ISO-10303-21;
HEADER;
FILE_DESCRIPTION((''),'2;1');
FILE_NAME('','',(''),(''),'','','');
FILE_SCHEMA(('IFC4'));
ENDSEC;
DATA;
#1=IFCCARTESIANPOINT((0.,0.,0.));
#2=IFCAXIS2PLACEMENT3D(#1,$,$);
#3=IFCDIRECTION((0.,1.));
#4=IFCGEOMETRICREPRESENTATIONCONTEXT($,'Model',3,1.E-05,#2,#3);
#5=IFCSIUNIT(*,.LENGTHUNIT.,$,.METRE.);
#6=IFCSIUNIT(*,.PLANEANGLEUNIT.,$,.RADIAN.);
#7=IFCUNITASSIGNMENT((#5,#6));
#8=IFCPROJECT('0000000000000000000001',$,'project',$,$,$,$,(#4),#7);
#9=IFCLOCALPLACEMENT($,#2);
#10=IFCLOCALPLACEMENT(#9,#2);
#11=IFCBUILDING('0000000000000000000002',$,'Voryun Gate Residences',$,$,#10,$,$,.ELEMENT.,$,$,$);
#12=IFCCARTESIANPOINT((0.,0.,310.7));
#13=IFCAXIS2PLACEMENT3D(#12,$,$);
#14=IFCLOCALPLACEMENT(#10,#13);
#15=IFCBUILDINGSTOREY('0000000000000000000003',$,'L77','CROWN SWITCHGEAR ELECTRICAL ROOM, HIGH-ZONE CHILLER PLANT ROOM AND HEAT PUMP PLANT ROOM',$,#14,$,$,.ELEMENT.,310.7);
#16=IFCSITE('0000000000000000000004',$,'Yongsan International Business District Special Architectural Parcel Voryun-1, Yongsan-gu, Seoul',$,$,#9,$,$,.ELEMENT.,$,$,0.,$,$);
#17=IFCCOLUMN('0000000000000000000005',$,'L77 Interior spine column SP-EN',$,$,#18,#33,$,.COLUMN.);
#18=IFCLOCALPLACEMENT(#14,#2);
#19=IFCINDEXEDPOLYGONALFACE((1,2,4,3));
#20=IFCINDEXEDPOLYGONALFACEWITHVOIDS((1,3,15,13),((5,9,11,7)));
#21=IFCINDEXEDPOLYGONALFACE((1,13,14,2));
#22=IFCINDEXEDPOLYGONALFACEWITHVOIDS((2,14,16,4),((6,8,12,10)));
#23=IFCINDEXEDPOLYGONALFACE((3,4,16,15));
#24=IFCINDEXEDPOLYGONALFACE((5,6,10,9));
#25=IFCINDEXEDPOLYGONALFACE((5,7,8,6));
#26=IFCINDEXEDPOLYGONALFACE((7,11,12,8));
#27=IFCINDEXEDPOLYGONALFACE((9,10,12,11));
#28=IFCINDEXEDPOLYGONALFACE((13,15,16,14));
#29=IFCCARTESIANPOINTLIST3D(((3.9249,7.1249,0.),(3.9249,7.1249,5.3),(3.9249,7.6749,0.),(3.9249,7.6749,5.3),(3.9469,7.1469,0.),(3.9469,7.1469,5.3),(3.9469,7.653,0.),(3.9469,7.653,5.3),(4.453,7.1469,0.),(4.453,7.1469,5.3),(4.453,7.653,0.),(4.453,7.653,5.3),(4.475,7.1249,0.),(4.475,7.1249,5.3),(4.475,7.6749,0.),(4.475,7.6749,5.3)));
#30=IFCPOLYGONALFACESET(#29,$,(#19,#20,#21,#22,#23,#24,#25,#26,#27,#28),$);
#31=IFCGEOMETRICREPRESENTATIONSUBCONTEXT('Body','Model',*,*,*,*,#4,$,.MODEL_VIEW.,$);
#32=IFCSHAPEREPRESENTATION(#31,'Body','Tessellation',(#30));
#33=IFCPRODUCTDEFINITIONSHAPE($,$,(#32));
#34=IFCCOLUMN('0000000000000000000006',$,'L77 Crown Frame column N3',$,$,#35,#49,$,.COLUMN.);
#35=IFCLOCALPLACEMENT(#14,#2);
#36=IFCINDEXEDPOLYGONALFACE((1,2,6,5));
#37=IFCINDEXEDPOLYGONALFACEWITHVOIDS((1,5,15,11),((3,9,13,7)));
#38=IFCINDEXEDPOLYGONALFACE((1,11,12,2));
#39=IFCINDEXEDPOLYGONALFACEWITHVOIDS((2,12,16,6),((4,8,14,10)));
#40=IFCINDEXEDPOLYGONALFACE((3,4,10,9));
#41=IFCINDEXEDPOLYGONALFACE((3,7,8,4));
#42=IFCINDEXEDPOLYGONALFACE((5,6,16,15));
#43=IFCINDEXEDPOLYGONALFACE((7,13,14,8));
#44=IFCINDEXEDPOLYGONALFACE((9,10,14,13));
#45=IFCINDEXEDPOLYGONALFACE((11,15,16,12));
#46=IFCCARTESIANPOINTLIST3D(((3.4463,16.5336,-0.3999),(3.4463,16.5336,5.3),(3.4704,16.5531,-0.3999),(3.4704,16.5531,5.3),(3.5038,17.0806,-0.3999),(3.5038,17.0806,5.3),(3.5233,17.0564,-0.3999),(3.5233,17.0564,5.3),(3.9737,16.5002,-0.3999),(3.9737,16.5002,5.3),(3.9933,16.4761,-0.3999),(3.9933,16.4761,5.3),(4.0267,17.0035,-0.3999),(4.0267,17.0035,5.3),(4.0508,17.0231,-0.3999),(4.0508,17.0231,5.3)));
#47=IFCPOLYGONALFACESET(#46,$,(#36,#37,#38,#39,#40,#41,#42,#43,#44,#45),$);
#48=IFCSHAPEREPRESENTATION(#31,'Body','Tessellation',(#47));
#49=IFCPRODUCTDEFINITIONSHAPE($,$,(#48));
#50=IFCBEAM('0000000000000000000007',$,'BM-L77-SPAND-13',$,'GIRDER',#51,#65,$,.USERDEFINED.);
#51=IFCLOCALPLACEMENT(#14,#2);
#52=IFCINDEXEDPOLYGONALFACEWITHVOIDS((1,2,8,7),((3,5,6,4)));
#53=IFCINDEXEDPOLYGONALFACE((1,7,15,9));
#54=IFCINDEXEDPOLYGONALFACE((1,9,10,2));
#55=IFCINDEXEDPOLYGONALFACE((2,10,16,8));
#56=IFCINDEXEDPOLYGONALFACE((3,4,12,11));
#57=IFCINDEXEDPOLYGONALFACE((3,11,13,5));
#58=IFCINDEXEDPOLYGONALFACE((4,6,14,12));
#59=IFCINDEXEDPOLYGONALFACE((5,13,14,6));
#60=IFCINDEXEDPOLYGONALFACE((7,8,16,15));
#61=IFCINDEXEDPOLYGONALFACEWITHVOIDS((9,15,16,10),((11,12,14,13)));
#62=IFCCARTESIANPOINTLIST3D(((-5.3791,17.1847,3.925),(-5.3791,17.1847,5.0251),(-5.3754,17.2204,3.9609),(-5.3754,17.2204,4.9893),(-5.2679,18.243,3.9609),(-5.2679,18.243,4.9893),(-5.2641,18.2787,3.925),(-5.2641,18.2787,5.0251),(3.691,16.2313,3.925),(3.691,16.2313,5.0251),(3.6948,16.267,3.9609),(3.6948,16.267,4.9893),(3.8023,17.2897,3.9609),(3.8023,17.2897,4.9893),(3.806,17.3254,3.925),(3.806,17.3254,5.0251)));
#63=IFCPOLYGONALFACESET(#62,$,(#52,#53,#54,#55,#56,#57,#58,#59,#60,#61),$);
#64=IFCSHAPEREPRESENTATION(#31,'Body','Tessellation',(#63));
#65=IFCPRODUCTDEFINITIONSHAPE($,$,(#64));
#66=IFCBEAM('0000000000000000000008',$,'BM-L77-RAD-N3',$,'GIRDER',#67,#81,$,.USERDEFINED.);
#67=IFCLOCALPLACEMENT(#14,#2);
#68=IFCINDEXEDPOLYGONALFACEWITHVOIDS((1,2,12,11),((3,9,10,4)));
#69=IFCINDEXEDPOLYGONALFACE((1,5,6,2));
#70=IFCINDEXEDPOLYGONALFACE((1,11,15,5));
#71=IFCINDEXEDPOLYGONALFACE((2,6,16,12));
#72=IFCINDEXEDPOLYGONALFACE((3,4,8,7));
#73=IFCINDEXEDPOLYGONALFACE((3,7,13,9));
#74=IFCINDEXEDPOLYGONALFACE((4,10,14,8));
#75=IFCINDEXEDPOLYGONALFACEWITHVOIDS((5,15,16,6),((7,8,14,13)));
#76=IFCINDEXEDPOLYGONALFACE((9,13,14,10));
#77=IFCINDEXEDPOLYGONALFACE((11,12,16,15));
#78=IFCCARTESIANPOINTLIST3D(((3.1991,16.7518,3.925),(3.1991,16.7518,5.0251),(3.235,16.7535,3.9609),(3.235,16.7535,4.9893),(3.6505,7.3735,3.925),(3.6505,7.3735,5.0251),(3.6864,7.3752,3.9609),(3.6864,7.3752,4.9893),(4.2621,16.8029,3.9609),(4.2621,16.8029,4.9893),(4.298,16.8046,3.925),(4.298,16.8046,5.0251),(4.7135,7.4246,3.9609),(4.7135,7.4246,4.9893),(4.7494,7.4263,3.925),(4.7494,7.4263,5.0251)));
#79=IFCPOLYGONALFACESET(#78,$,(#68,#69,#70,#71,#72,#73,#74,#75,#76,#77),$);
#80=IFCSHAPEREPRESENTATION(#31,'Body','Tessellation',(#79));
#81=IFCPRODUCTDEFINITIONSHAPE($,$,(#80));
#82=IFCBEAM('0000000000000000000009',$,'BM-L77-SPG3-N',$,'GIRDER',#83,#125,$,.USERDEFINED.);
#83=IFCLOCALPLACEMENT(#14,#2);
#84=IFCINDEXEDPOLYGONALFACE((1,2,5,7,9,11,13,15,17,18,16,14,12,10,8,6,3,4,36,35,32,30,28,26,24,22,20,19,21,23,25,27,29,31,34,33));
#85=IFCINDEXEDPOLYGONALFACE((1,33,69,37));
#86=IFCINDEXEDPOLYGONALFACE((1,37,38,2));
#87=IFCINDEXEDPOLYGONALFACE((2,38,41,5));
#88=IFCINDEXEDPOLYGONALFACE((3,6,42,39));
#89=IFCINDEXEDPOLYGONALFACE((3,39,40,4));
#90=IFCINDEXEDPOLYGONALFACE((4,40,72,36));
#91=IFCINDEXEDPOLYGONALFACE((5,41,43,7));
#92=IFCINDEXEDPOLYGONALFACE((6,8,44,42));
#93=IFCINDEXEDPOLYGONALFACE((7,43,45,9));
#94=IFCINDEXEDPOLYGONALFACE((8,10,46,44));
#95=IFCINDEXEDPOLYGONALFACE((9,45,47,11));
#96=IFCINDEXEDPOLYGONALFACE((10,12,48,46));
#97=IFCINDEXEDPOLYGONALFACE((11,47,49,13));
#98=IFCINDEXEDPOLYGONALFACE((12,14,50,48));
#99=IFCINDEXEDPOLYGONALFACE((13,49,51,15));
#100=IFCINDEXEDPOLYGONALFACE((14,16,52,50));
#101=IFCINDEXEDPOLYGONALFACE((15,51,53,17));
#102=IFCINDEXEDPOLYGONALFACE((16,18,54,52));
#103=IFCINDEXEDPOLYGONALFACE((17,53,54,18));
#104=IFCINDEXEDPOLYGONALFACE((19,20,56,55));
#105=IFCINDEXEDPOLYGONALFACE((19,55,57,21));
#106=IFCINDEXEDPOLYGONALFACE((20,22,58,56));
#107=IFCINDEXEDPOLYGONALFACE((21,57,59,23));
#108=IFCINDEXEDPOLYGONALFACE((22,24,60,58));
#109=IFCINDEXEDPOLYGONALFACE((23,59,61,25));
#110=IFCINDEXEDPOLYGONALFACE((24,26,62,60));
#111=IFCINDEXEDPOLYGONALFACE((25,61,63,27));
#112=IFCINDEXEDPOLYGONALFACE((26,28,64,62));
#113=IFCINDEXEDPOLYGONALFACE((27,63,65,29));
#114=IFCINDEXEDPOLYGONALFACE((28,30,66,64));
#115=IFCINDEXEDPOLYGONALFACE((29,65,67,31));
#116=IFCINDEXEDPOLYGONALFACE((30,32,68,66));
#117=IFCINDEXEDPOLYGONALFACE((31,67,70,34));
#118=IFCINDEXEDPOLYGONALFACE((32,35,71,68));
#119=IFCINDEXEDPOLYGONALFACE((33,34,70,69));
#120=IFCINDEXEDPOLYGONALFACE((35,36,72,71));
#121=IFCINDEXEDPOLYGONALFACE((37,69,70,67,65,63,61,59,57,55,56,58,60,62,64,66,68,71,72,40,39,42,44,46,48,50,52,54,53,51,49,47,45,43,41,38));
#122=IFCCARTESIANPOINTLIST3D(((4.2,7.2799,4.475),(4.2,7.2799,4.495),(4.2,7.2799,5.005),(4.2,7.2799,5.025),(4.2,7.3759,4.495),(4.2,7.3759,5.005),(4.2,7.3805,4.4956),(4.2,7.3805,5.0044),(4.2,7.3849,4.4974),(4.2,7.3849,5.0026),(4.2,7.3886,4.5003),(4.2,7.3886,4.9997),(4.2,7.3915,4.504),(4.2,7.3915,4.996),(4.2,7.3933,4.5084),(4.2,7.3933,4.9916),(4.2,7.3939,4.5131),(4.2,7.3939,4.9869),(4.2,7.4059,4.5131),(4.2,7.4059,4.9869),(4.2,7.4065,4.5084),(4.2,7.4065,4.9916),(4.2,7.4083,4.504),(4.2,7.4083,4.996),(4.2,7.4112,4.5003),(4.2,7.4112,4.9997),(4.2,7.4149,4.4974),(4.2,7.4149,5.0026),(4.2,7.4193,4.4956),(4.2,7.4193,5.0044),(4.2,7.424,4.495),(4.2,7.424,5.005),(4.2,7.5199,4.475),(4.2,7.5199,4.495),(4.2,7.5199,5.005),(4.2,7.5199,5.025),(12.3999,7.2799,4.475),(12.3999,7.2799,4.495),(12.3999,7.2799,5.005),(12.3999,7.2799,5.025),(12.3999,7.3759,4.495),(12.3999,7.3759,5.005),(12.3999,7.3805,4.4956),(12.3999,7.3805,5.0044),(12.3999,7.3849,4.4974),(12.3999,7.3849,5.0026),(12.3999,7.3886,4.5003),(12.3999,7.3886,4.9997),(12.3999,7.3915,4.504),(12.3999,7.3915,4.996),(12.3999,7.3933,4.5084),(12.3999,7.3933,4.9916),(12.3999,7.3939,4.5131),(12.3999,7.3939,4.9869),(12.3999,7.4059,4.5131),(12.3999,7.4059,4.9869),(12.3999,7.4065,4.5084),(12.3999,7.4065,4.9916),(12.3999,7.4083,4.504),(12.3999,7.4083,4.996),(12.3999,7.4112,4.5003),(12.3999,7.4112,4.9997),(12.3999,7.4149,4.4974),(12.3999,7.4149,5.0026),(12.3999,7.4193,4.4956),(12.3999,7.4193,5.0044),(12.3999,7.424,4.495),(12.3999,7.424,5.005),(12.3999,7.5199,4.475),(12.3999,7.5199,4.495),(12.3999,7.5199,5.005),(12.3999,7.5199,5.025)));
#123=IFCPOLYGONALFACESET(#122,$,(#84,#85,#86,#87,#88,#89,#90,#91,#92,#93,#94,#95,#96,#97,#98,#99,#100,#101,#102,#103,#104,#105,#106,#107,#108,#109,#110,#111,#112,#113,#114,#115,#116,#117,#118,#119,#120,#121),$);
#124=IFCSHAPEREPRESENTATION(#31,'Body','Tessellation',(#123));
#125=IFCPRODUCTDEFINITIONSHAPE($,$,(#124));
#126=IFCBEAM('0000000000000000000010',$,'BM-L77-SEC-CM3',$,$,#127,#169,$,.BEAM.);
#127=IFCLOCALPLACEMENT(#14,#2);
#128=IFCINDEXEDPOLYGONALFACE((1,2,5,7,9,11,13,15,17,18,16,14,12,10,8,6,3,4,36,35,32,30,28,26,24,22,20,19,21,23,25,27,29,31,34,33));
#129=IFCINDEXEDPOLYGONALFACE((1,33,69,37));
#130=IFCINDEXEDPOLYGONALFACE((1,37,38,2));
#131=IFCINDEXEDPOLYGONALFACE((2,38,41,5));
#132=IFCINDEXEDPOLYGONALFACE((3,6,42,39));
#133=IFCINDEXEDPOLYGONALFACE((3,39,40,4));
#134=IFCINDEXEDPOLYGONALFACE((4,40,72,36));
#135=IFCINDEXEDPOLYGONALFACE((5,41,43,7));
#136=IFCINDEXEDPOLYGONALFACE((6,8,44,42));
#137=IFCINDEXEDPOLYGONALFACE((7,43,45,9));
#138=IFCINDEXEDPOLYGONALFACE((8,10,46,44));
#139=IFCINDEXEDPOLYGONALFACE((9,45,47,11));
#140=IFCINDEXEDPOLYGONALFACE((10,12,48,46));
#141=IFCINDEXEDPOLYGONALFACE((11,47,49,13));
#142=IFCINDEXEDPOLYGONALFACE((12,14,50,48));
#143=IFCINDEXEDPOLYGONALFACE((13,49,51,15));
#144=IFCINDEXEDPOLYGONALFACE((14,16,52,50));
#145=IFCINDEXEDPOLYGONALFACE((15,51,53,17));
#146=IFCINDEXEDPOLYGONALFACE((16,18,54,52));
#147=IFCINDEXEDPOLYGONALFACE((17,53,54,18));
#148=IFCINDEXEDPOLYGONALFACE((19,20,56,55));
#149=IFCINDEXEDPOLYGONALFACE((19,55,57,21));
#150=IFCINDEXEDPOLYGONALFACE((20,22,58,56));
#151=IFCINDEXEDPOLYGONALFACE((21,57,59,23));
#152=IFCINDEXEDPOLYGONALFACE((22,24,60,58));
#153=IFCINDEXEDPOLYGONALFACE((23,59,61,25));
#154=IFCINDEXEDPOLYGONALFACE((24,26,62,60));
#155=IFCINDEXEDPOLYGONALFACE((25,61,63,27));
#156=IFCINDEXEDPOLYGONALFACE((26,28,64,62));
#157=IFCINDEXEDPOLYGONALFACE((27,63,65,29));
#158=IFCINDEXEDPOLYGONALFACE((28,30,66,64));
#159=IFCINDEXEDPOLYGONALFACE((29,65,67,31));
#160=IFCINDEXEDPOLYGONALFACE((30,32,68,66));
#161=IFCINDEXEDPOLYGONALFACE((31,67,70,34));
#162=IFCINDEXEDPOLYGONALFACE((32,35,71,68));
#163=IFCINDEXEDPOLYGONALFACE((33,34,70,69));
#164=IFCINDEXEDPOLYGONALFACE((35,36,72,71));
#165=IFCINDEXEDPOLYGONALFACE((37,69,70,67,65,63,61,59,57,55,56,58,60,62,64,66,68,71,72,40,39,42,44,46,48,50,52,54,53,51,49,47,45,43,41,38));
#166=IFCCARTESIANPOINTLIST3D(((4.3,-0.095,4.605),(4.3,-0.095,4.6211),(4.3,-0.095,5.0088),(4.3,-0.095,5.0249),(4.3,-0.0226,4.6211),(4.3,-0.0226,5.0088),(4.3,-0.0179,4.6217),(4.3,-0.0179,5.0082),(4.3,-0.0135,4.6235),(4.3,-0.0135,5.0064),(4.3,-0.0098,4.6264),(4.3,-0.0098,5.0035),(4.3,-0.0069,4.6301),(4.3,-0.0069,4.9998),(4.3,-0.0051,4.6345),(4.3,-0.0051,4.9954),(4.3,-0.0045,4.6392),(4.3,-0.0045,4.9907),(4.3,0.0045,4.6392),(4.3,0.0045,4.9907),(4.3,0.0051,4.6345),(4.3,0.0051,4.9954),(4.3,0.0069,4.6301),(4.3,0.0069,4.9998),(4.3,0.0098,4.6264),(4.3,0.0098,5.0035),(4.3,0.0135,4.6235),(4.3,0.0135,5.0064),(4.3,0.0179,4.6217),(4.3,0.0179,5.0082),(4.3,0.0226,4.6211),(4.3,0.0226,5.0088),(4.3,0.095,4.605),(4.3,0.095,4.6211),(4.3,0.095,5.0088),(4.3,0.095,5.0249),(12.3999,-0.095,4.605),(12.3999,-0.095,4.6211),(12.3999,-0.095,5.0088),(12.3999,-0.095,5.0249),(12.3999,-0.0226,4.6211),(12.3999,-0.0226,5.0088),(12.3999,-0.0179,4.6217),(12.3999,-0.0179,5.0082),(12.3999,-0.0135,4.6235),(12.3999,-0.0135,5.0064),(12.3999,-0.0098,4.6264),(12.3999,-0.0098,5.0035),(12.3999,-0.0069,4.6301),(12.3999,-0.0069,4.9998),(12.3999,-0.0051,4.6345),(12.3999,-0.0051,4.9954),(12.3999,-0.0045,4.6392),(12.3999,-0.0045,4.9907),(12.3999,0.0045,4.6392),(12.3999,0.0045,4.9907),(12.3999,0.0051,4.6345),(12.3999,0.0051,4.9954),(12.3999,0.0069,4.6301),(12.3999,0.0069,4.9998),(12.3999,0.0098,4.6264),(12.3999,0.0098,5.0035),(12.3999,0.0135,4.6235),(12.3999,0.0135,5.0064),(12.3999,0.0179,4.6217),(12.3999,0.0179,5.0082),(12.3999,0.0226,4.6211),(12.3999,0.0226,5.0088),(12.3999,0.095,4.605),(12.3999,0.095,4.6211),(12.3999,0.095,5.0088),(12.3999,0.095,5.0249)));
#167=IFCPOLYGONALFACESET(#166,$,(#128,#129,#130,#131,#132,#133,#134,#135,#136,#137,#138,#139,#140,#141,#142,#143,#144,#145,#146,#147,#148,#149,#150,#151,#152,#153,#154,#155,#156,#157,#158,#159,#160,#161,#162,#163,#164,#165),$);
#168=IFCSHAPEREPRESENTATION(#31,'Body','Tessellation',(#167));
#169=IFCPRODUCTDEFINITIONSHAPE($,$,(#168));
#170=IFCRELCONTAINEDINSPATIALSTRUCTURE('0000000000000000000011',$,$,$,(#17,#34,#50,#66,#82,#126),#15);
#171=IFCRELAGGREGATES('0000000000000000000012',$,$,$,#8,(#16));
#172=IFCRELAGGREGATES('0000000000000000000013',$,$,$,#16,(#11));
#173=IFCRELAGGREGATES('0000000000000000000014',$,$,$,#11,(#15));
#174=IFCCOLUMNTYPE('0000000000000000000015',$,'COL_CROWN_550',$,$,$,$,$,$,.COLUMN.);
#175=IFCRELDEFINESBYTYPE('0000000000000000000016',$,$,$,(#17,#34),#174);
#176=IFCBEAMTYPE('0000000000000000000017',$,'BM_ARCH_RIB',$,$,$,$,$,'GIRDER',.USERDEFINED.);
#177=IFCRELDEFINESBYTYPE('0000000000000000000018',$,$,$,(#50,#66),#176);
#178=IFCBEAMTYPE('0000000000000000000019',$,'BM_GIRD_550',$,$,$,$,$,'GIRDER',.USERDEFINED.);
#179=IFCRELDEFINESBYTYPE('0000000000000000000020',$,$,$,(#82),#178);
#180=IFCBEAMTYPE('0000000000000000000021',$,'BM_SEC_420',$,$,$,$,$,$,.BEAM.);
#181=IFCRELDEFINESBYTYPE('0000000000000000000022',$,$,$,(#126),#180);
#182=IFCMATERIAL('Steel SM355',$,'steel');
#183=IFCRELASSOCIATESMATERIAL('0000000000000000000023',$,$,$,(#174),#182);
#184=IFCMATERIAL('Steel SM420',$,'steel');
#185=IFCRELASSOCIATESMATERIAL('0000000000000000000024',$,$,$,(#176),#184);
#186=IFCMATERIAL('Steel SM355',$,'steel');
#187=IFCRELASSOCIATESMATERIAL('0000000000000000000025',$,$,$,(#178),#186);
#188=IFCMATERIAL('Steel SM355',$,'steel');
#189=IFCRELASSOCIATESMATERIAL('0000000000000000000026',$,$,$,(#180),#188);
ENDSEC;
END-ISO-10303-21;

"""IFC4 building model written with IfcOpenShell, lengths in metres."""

from ifc_helpers import new_model, si_unit, direction, frame, origin, origin_2d, place, context, subcontext, project, spatial, hollow_rectangle, i_section, extrude, material, material_profile, profile_set, type_object, element, save


model = new_model("IFC4")

# Units and contexts
model_context = context("Model", 3, precision=1e-05, world=origin(), true_north=direction((0.0, 1.0)))
body_context = subcontext(model_context, "Body", "Model", "MODEL_VIEW")
ifc_project = project(units=[si_unit("LENGTHUNIT", "METRE"), si_unit("PLANEANGLEUNIT", "RADIAN")], contexts=[model_context])

# Site, building, storey
site_placement = place(None, origin())
site = spatial("IfcSite", under=ifc_project, at=site_placement, Name="Yongsan International Business District Special Architectural Parcel Voryun-1, Yongsan-gu, Seoul", CompositionType="ELEMENT", RefElevation=0.0)
building_placement = place(site_placement, origin())
building = spatial("IfcBuilding", under=site, at=building_placement, Name="Voryun Gate Residences", CompositionType="ELEMENT")
storey_placement = place(building_placement, frame((0.0, 0.0, 310.7)))
storey = spatial("IfcBuildingStorey", under=building, at=storey_placement, Name="L77", Description="CROWN SWITCHGEAR ELECTRICAL ROOM, HIGH-ZONE CHILLER PLANT ROOM AND HEAT PUMP PLANT ROOM", CompositionType="ELEMENT", Elevation=310.7)

# Columns
ifc_material_1 = material(Name="Steel SM355", Category="steel")
ifc_material_profile_1 = material_profile(ifc_material_1, hollow_rectangle(XDim=0.55, YDim=0.55, WallThickness=0.022, at=origin_2d()), Name="BOX-550x550x22")
ifc_profile_set_1 = profile_set([ifc_material_profile_1], Name="Steel SM355")
column_type = type_object("IfcColumnType", Name="COL_CROWN_550", PredefinedType="COLUMN", material=ifc_profile_set_1)
column_1_placement = place(storey_placement, frame((4.2, 7.3999, 0.0), z_axis=(0.0, 0.0, 1.0), x_axis=(1.0, 0.0, 0.0)))
element("IfcColumn", 1, at=column_1_placement, inside=storey, type_object=column_type, Name="L77 Interior spine column SP-EN", PredefinedType="COLUMN", context=body_context, shape_type="SweptSolid", body=[
    extrude(hollow_rectangle(XDim=0.55, YDim=0.55, WallThickness=0.022, at=origin_2d()), origin(), (0.0, 0.0, 1.0), 5.3),
])
column_2_placement = place(storey_placement, frame((3.7485, 16.7783, -0.3999), z_axis=(0.0, 0.0, 1.0), x_axis=(0.994522, -0.104528, 0.0)))
element("IfcColumn", 2, at=column_2_placement, inside=storey, type_object=column_type, Name="L77 Crown Frame column N3", PredefinedType="COLUMN", context=body_context, shape_type="SweptSolid", body=[
    extrude(hollow_rectangle(XDim=0.55, YDim=0.55, WallThickness=0.022, at=origin_2d()), origin(), (0.0, 0.0, 1.0), 5.7),
])

# Beams
ifc_material_2 = material(Name="Steel SM420", Category="steel")
ifc_material_profile_2 = material_profile(ifc_material_2, hollow_rectangle(XDim=1.1001, YDim=1.1001, WallThickness=0.0359, at=origin_2d()), Name="BOX-1100x1100x36")
ifc_profile_set_2 = profile_set([ifc_material_profile_2], Name="Steel SM420")
beam_type_1 = type_object("IfcBeamType", Name="BM_ARCH_RIB", ElementType="GIRDER", PredefinedType="USERDEFINED", material=ifc_profile_set_2)
beam_1_placement = place(storey_placement, frame((3.7485, 16.7783, 4.4751), z_axis=(-0.994521, 0.104536, 0.0), x_axis=(-0.104536, -0.994521, 0.0)))
element("IfcBeam", 3, at=beam_1_placement, inside=storey, type_object=beam_type_1, Name="BM-L77-SPAND-13", ObjectType="GIRDER", PredefinedType="USERDEFINED", context=body_context, shape_type="SweptSolid", body=[
    extrude(hollow_rectangle(XDim=1.1001, YDim=1.1001, WallThickness=0.0359, at=origin_2d()), origin(), (0.0, 0.0, 1.0), 9.1201),
])
beam_2_placement = place(storey_placement, frame((4.2, 7.3999, 4.4751), z_axis=(-0.048078, 0.998844, 0.0), x_axis=(-0.998844, -0.048078, 0.0)))
element("IfcBeam", 4, at=beam_2_placement, inside=storey, type_object=beam_type_1, Name="BM-L77-RAD-N3", ObjectType="GIRDER", PredefinedType="USERDEFINED", context=body_context, shape_type="SweptSolid", body=[
    extrude(hollow_rectangle(XDim=1.1001, YDim=1.1001, WallThickness=0.0359, at=origin_2d()), origin(), (0.0, 0.0, 1.0), 9.3892),
])
ifc_material_3 = material(Name="Steel SM355", Category="steel")
ifc_material_profile_3 = material_profile(ifc_material_3, i_section(OverallWidth=0.24, OverallDepth=0.55, WebThickness=0.012, FlangeThickness=0.02, FilletRadius=0.0181, at=origin_2d()), Name="H-550x240x12x20")
ifc_profile_set_3 = profile_set([ifc_material_profile_3], Name="Steel SM355")
beam_type_2 = type_object("IfcBeamType", Name="BM_GIRD_550", ElementType="GIRDER", PredefinedType="USERDEFINED", material=ifc_profile_set_3)
beam_3_placement = place(storey_placement, frame((4.2, 7.3999, 4.75), z_axis=(1.0, 0.0, 0.0), x_axis=(0.0, 1.0, 0.0)))
element("IfcBeam", 5, at=beam_3_placement, inside=storey, type_object=beam_type_2, Name="BM-L77-SPG3-N", ObjectType="GIRDER", PredefinedType="USERDEFINED", context=body_context, shape_type="SweptSolid", body=[
    extrude(i_section(OverallWidth=0.24, OverallDepth=0.55, WebThickness=0.012, FlangeThickness=0.02, FilletRadius=0.0181, at=origin_2d()), origin(), (0.0, 0.0, 1.0), 8.2),
])
ifc_material_4 = material(Name="Steel SM355", Category="steel")
ifc_material_profile_4 = material_profile(ifc_material_4, i_section(OverallWidth=0.1899, OverallDepth=0.4199, WebThickness=0.009, FlangeThickness=0.0161, FilletRadius=0.0181, at=origin_2d()), Name="H-420x190x9x16")
ifc_profile_set_4 = profile_set([ifc_material_profile_4], Name="Steel SM355")
beam_type_3 = type_object("IfcBeamType", Name="BM_SEC_420", PredefinedType="BEAM", material=ifc_profile_set_4)
for number, where, z_axis, x_axis, name in (
    (6, (4.3, 0.0, 4.8149), (1.0, 0.0, 0.0), (0.0, 1.0, 0.0), "BM-L77-SEC-CM3"),
):
    element("IfcBeam", number, at=place(storey_placement, frame(where, z_axis=z_axis, x_axis=x_axis)), inside=storey, type_object=beam_type_3, Name=name, PredefinedType="BEAM", context=body_context, shape_type="SweptSolid", body=[
        extrude(i_section(OverallWidth=0.1899, OverallDepth=0.4199, WebThickness=0.009, FlangeThickness=0.0161, FilletRadius=0.0181, at=origin_2d()), origin(), (0.0, 0.0, 1.0), 8.0999),
    ])

save(model, "model.ifc")
